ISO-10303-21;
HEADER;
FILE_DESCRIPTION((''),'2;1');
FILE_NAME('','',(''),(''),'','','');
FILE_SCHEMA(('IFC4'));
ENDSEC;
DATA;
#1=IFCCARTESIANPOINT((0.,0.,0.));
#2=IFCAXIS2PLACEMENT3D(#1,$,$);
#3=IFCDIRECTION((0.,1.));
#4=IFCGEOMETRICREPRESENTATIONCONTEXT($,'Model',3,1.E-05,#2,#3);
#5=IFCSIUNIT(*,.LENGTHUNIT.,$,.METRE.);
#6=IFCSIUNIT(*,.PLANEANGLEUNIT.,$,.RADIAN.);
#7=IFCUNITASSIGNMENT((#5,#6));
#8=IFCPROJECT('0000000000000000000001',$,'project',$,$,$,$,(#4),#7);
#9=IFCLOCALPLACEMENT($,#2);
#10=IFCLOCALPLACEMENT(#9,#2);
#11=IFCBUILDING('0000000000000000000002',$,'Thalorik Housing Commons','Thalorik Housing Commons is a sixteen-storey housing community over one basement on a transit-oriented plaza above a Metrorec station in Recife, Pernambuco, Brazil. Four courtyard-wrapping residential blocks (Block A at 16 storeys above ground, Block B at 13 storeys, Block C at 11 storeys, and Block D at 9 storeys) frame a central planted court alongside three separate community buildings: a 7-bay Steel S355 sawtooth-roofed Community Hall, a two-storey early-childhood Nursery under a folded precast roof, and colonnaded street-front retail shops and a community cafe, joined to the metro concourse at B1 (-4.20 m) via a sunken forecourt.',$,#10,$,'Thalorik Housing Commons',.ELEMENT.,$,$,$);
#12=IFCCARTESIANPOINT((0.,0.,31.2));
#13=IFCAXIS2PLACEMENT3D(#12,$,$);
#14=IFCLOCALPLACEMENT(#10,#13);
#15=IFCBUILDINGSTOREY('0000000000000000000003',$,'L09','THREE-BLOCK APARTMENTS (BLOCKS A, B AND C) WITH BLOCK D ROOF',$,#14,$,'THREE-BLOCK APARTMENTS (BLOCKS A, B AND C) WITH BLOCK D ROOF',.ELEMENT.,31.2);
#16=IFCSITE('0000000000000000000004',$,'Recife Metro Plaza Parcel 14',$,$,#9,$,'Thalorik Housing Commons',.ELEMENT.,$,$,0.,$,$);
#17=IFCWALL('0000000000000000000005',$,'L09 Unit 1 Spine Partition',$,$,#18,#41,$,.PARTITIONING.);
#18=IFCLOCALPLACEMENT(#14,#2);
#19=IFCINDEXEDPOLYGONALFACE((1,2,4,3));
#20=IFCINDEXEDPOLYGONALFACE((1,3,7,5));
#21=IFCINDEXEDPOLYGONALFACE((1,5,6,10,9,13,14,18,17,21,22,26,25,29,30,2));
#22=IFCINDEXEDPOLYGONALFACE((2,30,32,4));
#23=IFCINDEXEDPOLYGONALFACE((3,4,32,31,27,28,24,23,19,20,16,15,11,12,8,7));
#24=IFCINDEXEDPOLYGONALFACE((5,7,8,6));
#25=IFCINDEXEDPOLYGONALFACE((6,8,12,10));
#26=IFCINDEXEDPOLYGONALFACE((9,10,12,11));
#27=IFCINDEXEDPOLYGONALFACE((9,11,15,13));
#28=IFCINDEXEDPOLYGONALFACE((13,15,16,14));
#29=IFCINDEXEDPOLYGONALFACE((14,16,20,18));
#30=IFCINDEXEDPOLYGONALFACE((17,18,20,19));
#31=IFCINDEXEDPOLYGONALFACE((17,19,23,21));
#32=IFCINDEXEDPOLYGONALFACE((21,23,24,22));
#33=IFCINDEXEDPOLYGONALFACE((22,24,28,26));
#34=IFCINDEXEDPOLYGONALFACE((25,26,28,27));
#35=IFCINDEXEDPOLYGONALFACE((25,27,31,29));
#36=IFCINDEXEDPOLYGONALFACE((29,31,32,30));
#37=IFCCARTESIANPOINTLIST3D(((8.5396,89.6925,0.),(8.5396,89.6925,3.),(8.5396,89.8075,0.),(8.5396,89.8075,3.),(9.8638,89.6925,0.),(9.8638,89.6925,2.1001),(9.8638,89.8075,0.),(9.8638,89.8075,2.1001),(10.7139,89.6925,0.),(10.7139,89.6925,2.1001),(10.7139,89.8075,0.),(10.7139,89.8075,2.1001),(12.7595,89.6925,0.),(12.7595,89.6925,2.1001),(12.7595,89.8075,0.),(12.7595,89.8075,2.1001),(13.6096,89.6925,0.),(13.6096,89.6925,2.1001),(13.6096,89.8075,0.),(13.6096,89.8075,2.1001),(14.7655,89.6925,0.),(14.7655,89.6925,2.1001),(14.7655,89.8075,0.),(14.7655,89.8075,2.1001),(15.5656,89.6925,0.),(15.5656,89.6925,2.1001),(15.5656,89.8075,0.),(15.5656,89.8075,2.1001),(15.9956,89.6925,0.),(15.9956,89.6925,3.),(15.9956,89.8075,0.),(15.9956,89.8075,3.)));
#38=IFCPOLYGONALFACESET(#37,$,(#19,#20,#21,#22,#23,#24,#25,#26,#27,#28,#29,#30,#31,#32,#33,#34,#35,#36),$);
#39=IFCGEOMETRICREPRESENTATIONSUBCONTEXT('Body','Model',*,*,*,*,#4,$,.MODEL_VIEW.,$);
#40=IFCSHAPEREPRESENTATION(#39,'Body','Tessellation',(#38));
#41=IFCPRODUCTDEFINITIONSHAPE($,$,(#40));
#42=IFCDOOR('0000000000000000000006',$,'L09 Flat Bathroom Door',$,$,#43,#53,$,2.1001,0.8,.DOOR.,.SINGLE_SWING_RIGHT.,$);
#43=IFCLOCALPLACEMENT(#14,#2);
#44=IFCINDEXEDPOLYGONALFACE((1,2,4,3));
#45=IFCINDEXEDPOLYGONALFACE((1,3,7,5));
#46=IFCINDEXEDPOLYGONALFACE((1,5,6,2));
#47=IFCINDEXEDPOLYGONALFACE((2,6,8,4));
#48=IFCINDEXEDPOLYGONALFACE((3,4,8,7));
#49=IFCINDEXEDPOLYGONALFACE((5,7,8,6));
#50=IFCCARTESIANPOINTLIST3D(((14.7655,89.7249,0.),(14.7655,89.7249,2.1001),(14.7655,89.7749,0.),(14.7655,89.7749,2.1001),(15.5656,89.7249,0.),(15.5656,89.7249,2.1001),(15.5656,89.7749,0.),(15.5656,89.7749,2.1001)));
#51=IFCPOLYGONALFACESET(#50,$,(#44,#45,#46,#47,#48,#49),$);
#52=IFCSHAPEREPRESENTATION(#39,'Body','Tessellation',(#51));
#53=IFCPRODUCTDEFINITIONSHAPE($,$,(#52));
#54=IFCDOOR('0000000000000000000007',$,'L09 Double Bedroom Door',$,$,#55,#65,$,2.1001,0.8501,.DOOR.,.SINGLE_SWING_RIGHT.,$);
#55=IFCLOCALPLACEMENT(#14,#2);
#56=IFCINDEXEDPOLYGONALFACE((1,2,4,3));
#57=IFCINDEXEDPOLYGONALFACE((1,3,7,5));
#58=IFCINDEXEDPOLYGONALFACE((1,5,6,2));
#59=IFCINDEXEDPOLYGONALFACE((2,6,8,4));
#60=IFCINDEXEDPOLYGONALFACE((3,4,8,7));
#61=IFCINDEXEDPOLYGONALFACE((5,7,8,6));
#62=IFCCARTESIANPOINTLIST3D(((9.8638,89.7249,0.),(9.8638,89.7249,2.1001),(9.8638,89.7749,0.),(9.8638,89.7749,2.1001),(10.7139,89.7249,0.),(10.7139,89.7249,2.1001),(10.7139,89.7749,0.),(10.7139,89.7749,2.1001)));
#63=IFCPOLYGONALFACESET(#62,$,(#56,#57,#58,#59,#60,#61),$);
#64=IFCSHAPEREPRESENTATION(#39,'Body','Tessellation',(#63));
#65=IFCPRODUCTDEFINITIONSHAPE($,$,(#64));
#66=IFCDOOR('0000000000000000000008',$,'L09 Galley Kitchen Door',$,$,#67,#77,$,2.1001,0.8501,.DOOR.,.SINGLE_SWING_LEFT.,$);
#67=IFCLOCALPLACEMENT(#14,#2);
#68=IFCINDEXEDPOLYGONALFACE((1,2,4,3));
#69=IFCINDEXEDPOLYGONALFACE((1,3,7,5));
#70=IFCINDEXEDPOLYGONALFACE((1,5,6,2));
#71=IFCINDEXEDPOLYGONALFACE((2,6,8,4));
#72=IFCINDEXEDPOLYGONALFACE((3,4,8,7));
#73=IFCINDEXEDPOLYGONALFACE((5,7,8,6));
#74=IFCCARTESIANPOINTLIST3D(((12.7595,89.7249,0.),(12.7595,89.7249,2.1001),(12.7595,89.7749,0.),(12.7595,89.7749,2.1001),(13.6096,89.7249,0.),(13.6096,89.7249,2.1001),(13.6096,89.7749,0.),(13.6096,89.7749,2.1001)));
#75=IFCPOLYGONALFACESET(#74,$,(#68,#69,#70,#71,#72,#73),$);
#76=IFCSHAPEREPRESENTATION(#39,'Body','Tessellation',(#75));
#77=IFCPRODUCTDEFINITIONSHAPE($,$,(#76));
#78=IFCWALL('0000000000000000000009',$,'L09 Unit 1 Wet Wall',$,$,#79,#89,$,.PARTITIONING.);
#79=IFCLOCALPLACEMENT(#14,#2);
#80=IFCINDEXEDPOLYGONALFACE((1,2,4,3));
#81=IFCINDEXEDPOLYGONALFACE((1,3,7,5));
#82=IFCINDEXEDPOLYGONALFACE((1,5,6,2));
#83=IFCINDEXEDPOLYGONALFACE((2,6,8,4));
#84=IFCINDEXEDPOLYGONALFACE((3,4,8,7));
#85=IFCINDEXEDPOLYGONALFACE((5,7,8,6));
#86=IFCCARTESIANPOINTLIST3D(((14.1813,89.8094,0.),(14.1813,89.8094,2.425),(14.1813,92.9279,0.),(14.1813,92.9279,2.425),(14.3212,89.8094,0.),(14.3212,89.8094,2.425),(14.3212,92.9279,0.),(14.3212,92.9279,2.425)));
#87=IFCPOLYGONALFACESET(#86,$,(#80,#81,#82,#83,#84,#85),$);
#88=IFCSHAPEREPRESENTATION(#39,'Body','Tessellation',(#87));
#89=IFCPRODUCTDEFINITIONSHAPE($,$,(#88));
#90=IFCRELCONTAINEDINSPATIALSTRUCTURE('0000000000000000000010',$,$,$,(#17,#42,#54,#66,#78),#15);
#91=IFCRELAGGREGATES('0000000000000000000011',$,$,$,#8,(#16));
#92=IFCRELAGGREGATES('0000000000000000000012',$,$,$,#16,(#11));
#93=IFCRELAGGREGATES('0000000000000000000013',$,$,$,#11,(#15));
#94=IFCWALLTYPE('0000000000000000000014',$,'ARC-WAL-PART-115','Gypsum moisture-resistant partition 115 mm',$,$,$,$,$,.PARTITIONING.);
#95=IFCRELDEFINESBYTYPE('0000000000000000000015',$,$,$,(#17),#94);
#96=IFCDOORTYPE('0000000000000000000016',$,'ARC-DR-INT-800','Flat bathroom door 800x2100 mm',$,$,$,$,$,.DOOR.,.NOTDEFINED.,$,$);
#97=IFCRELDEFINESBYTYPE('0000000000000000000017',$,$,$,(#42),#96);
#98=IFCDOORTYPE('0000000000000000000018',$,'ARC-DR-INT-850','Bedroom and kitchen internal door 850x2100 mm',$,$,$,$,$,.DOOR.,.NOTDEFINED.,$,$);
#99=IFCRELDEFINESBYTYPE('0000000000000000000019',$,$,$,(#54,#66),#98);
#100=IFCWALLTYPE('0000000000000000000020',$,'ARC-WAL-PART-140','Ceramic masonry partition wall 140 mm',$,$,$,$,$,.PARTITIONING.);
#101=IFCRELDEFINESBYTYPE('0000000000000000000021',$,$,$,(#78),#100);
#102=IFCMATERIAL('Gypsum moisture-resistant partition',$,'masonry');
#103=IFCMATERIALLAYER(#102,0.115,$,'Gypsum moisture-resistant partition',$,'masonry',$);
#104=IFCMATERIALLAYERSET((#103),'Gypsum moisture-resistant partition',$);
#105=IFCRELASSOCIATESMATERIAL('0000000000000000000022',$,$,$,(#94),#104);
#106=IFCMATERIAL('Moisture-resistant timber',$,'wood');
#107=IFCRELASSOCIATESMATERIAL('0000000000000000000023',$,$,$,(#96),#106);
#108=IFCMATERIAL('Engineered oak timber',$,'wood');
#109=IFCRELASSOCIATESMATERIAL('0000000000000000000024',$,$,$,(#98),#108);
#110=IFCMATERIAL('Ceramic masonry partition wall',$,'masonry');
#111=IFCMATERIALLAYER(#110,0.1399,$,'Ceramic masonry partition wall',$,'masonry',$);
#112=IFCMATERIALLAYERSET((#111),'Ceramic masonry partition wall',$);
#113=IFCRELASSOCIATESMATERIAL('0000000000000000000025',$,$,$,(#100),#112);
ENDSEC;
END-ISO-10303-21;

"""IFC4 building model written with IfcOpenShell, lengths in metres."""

from ifc_helpers import new_model, si_unit, direction, frame, frame_2d, origin, place, context, subcontext, project, spatial, rectangle, extrude, material, layer, layer_set, type_object, element, fill, save


model = new_model("IFC4")

# Units and contexts
model_context = context("Model", 3, precision=1e-05, world=origin(), true_north=direction((0.0, 1.0)))
body_context = subcontext(model_context, "Body", "Model", "MODEL_VIEW")
ifc_project = project(units=[si_unit("LENGTHUNIT", "METRE"), si_unit("PLANEANGLEUNIT", "RADIAN")], contexts=[model_context])

# Site, building, storey
site_placement = place(None, origin())
site = spatial("IfcSite", under=ifc_project, at=site_placement, Name="Recife Metro Plaza Parcel 14", LongName="Thalorik Housing Commons", CompositionType="ELEMENT", RefElevation=0.0)
building_placement = place(site_placement, origin())
building = spatial("IfcBuilding", under=site, at=building_placement, Name="Thalorik Housing Commons", Description="Thalorik Housing Commons is a sixteen-storey housing community over one basement on a transit-oriented plaza above a Metrorec station in Recife, Pernambuco, Brazil. Four courtyard-wrapping residential blocks (Block A at 16 storeys above ground, Block B at 13 storeys, Block C at 11 storeys, and Block D at 9 storeys) frame a central planted court alongside three separate community buildings: a 7-bay Steel S355 sawtooth-roofed Community Hall, a two-storey early-childhood Nursery under a folded precast roof, and colonnaded street-front retail shops and a community cafe, joined to the metro concourse at B1 (-4.20 m) via a sunken forecourt.", LongName="Thalorik Housing Commons", CompositionType="ELEMENT")
storey_placement = place(building_placement, frame((0.0, 0.0, 31.2)))
storey = spatial("IfcBuildingStorey", under=building, at=storey_placement, Name="L09", Description="THREE-BLOCK APARTMENTS (BLOCKS A, B AND C) WITH BLOCK D ROOF", LongName="THREE-BLOCK APARTMENTS (BLOCKS A, B AND C) WITH BLOCK D ROOF", CompositionType="ELEMENT", Elevation=31.2)

# Wall, openings, doors
ifc_material_1 = material(Name="Gypsum moisture-resistant partition", Category="masonry")
ifc_layer_1 = layer(ifc_material_1, 0.115, Name="Gypsum moisture-resistant partition", Category="masonry")
ifc_layer_set_1 = layer_set([ifc_layer_1], Name="Gypsum moisture-resistant partition")
wall_type_1 = type_object("IfcWallType", Name="ARC-WAL-PART-115", Description="Gypsum moisture-resistant partition 115 mm", PredefinedType="PARTITIONING", material=ifc_layer_set_1)
wall_1_placement = place(storey_placement, frame((8.5396, 89.75, 0.0), z_axis=(0.0, 0.0, 1.0), x_axis=(1.0, 0.0, 0.0)))
wall_1 = element("IfcWall", 1, at=wall_1_placement, inside=storey, type_object=wall_type_1, Name="L09 Unit 1 Spine Partition", PredefinedType="PARTITIONING", context=body_context, shape_type="SweptSolid", body=[
    extrude(rectangle(XDim=7.4561, YDim=0.115, at=frame_2d((3.728, 0.0))), origin(), (0.0, 0.0, 1.0), 3.0),
])
opening_1_placement = place(wall_1_placement, frame((1.3242, 0.0, 0.0)))
opening_1 = element("IfcOpeningElement", 2, at=opening_1_placement, cuts=wall_1, PredefinedType="OPENING", context=body_context, shape_type="SweptSolid", body=[
    extrude(rectangle(XDim=0.8501, YDim=2.1001, at=frame_2d((0.425, 1.05))), frame((0.0, 0.0674, 0.0), z_axis=(0.0, -1.0, 0.0), x_axis=(1.0, 0.0, 0.0)), (0.0, 0.0, 1.0), 0.135),
])
opening_2_placement = place(wall_1_placement, frame((4.22, 0.0, 0.0)))
opening_2 = element("IfcOpeningElement", 3, at=opening_2_placement, cuts=wall_1, PredefinedType="OPENING", context=body_context, shape_type="SweptSolid", body=[
    extrude(rectangle(XDim=0.8501, YDim=2.1001, at=frame_2d((0.425, 1.05))), frame((0.0, 0.0674, 0.0), z_axis=(0.0, -1.0, 0.0), x_axis=(1.0, 0.0, 0.0)), (0.0, 0.0, 1.0), 0.135),
])
opening_3_placement = place(wall_1_placement, frame((6.2261, 0.0, 0.0)))
opening_3 = element("IfcOpeningElement", 4, at=opening_3_placement, cuts=wall_1, PredefinedType="OPENING", context=body_context, shape_type="SweptSolid", body=[
    extrude(rectangle(XDim=0.8, YDim=2.1001, at=frame_2d((0.3999, 1.05))), frame((0.0, 0.0674, 0.0), z_axis=(0.0, -1.0, 0.0), x_axis=(1.0, 0.0, 0.0)), (0.0, 0.0, 1.0), 0.135),
])
ifc_material_2 = material(Name="Moisture-resistant timber", Category="wood")
door_type_1 = type_object("IfcDoorType", Name="ARC-DR-INT-800", Description="Flat bathroom door 800x2100 mm", OperationType="NOTDEFINED", PredefinedType="DOOR", material=ifc_material_2)
door_1_placement = place(opening_3_placement, origin())
door_1 = element("IfcDoor", 5, at=door_1_placement, inside=storey, type_object=door_type_1, Name="L09 Flat Bathroom Door", OperationType="SINGLE_SWING_RIGHT", OverallHeight=2.1001, OverallWidth=0.8, PredefinedType="DOOR", context=body_context, shape_type="SweptSolid", body=[
    extrude(rectangle(XDim=0.8, YDim=2.1001, at=frame_2d((0.3999, 1.05))), frame((0.0, 0.0249, 0.0), z_axis=(0.0, -1.0, 0.0), x_axis=(1.0, 0.0, 0.0)), (0.0, 0.0, 1.0), 0.05),
])
fill(opening_3, door_1)
ifc_material_3 = material(Name="Engineered oak timber", Category="wood")
door_type_2 = type_object("IfcDoorType", Name="ARC-DR-INT-850", Description="Bedroom and kitchen internal door 850x2100 mm", OperationType="NOTDEFINED", PredefinedType="DOOR", material=ifc_material_3)
door_2_placement = place(opening_1_placement, origin())
door_2 = element("IfcDoor", 6, at=door_2_placement, inside=storey, type_object=door_type_2, Name="L09 Double Bedroom Door", OperationType="SINGLE_SWING_RIGHT", OverallHeight=2.1001, OverallWidth=0.8501, PredefinedType="DOOR", context=body_context, shape_type="SweptSolid", body=[
    extrude(rectangle(XDim=0.8501, YDim=2.1001, at=frame_2d((0.425, 1.05))), frame((0.0, 0.0249, 0.0), z_axis=(0.0, -1.0, 0.0), x_axis=(1.0, 0.0, 0.0)), (0.0, 0.0, 1.0), 0.05),
])
fill(opening_1, door_2)
door_3_placement = place(opening_2_placement, origin())
door_3 = element("IfcDoor", 7, at=door_3_placement, inside=storey, type_object=door_type_2, Name="L09 Galley Kitchen Door", OperationType="SINGLE_SWING_LEFT", OverallHeight=2.1001, OverallWidth=0.8501, PredefinedType="DOOR", context=body_context, shape_type="SweptSolid", body=[
    extrude(rectangle(XDim=0.8501, YDim=2.1001, at=frame_2d((0.425, 1.05))), frame((0.0, 0.0249, 0.0), z_axis=(0.0, -1.0, 0.0), x_axis=(1.0, 0.0, 0.0)), (0.0, 0.0, 1.0), 0.05),
])
fill(opening_2, door_3)

# Wall
ifc_material_4 = material(Name="Ceramic masonry partition wall", Category="masonry")
ifc_layer_2 = layer(ifc_material_4, 0.1399, Name="Ceramic masonry partition wall", Category="masonry")
ifc_layer_set_2 = layer_set([ifc_layer_2], Name="Ceramic masonry partition wall")
wall_type_2 = type_object("IfcWallType", Name="ARC-WAL-PART-140", Description="Ceramic masonry partition wall 140 mm", PredefinedType="PARTITIONING", material=ifc_layer_set_2)
wall_2_placement = place(storey_placement, frame((14.2512, 89.8096, 0.0), z_axis=(0.0, 0.0, 1.0), x_axis=(0.0, 1.0, 0.0)))
element("IfcWall", 8, at=wall_2_placement, inside=storey, type_object=wall_type_2, Name="L09 Unit 1 Wet Wall", PredefinedType="PARTITIONING", context=body_context, shape_type="SweptSolid", body=[
    extrude(rectangle(XDim=3.1184, YDim=0.1399, at=frame_2d((1.5591, 0.0))), origin(), (0.0, 0.0, 1.0), 2.425),
])

save(model, "model.ifc")
